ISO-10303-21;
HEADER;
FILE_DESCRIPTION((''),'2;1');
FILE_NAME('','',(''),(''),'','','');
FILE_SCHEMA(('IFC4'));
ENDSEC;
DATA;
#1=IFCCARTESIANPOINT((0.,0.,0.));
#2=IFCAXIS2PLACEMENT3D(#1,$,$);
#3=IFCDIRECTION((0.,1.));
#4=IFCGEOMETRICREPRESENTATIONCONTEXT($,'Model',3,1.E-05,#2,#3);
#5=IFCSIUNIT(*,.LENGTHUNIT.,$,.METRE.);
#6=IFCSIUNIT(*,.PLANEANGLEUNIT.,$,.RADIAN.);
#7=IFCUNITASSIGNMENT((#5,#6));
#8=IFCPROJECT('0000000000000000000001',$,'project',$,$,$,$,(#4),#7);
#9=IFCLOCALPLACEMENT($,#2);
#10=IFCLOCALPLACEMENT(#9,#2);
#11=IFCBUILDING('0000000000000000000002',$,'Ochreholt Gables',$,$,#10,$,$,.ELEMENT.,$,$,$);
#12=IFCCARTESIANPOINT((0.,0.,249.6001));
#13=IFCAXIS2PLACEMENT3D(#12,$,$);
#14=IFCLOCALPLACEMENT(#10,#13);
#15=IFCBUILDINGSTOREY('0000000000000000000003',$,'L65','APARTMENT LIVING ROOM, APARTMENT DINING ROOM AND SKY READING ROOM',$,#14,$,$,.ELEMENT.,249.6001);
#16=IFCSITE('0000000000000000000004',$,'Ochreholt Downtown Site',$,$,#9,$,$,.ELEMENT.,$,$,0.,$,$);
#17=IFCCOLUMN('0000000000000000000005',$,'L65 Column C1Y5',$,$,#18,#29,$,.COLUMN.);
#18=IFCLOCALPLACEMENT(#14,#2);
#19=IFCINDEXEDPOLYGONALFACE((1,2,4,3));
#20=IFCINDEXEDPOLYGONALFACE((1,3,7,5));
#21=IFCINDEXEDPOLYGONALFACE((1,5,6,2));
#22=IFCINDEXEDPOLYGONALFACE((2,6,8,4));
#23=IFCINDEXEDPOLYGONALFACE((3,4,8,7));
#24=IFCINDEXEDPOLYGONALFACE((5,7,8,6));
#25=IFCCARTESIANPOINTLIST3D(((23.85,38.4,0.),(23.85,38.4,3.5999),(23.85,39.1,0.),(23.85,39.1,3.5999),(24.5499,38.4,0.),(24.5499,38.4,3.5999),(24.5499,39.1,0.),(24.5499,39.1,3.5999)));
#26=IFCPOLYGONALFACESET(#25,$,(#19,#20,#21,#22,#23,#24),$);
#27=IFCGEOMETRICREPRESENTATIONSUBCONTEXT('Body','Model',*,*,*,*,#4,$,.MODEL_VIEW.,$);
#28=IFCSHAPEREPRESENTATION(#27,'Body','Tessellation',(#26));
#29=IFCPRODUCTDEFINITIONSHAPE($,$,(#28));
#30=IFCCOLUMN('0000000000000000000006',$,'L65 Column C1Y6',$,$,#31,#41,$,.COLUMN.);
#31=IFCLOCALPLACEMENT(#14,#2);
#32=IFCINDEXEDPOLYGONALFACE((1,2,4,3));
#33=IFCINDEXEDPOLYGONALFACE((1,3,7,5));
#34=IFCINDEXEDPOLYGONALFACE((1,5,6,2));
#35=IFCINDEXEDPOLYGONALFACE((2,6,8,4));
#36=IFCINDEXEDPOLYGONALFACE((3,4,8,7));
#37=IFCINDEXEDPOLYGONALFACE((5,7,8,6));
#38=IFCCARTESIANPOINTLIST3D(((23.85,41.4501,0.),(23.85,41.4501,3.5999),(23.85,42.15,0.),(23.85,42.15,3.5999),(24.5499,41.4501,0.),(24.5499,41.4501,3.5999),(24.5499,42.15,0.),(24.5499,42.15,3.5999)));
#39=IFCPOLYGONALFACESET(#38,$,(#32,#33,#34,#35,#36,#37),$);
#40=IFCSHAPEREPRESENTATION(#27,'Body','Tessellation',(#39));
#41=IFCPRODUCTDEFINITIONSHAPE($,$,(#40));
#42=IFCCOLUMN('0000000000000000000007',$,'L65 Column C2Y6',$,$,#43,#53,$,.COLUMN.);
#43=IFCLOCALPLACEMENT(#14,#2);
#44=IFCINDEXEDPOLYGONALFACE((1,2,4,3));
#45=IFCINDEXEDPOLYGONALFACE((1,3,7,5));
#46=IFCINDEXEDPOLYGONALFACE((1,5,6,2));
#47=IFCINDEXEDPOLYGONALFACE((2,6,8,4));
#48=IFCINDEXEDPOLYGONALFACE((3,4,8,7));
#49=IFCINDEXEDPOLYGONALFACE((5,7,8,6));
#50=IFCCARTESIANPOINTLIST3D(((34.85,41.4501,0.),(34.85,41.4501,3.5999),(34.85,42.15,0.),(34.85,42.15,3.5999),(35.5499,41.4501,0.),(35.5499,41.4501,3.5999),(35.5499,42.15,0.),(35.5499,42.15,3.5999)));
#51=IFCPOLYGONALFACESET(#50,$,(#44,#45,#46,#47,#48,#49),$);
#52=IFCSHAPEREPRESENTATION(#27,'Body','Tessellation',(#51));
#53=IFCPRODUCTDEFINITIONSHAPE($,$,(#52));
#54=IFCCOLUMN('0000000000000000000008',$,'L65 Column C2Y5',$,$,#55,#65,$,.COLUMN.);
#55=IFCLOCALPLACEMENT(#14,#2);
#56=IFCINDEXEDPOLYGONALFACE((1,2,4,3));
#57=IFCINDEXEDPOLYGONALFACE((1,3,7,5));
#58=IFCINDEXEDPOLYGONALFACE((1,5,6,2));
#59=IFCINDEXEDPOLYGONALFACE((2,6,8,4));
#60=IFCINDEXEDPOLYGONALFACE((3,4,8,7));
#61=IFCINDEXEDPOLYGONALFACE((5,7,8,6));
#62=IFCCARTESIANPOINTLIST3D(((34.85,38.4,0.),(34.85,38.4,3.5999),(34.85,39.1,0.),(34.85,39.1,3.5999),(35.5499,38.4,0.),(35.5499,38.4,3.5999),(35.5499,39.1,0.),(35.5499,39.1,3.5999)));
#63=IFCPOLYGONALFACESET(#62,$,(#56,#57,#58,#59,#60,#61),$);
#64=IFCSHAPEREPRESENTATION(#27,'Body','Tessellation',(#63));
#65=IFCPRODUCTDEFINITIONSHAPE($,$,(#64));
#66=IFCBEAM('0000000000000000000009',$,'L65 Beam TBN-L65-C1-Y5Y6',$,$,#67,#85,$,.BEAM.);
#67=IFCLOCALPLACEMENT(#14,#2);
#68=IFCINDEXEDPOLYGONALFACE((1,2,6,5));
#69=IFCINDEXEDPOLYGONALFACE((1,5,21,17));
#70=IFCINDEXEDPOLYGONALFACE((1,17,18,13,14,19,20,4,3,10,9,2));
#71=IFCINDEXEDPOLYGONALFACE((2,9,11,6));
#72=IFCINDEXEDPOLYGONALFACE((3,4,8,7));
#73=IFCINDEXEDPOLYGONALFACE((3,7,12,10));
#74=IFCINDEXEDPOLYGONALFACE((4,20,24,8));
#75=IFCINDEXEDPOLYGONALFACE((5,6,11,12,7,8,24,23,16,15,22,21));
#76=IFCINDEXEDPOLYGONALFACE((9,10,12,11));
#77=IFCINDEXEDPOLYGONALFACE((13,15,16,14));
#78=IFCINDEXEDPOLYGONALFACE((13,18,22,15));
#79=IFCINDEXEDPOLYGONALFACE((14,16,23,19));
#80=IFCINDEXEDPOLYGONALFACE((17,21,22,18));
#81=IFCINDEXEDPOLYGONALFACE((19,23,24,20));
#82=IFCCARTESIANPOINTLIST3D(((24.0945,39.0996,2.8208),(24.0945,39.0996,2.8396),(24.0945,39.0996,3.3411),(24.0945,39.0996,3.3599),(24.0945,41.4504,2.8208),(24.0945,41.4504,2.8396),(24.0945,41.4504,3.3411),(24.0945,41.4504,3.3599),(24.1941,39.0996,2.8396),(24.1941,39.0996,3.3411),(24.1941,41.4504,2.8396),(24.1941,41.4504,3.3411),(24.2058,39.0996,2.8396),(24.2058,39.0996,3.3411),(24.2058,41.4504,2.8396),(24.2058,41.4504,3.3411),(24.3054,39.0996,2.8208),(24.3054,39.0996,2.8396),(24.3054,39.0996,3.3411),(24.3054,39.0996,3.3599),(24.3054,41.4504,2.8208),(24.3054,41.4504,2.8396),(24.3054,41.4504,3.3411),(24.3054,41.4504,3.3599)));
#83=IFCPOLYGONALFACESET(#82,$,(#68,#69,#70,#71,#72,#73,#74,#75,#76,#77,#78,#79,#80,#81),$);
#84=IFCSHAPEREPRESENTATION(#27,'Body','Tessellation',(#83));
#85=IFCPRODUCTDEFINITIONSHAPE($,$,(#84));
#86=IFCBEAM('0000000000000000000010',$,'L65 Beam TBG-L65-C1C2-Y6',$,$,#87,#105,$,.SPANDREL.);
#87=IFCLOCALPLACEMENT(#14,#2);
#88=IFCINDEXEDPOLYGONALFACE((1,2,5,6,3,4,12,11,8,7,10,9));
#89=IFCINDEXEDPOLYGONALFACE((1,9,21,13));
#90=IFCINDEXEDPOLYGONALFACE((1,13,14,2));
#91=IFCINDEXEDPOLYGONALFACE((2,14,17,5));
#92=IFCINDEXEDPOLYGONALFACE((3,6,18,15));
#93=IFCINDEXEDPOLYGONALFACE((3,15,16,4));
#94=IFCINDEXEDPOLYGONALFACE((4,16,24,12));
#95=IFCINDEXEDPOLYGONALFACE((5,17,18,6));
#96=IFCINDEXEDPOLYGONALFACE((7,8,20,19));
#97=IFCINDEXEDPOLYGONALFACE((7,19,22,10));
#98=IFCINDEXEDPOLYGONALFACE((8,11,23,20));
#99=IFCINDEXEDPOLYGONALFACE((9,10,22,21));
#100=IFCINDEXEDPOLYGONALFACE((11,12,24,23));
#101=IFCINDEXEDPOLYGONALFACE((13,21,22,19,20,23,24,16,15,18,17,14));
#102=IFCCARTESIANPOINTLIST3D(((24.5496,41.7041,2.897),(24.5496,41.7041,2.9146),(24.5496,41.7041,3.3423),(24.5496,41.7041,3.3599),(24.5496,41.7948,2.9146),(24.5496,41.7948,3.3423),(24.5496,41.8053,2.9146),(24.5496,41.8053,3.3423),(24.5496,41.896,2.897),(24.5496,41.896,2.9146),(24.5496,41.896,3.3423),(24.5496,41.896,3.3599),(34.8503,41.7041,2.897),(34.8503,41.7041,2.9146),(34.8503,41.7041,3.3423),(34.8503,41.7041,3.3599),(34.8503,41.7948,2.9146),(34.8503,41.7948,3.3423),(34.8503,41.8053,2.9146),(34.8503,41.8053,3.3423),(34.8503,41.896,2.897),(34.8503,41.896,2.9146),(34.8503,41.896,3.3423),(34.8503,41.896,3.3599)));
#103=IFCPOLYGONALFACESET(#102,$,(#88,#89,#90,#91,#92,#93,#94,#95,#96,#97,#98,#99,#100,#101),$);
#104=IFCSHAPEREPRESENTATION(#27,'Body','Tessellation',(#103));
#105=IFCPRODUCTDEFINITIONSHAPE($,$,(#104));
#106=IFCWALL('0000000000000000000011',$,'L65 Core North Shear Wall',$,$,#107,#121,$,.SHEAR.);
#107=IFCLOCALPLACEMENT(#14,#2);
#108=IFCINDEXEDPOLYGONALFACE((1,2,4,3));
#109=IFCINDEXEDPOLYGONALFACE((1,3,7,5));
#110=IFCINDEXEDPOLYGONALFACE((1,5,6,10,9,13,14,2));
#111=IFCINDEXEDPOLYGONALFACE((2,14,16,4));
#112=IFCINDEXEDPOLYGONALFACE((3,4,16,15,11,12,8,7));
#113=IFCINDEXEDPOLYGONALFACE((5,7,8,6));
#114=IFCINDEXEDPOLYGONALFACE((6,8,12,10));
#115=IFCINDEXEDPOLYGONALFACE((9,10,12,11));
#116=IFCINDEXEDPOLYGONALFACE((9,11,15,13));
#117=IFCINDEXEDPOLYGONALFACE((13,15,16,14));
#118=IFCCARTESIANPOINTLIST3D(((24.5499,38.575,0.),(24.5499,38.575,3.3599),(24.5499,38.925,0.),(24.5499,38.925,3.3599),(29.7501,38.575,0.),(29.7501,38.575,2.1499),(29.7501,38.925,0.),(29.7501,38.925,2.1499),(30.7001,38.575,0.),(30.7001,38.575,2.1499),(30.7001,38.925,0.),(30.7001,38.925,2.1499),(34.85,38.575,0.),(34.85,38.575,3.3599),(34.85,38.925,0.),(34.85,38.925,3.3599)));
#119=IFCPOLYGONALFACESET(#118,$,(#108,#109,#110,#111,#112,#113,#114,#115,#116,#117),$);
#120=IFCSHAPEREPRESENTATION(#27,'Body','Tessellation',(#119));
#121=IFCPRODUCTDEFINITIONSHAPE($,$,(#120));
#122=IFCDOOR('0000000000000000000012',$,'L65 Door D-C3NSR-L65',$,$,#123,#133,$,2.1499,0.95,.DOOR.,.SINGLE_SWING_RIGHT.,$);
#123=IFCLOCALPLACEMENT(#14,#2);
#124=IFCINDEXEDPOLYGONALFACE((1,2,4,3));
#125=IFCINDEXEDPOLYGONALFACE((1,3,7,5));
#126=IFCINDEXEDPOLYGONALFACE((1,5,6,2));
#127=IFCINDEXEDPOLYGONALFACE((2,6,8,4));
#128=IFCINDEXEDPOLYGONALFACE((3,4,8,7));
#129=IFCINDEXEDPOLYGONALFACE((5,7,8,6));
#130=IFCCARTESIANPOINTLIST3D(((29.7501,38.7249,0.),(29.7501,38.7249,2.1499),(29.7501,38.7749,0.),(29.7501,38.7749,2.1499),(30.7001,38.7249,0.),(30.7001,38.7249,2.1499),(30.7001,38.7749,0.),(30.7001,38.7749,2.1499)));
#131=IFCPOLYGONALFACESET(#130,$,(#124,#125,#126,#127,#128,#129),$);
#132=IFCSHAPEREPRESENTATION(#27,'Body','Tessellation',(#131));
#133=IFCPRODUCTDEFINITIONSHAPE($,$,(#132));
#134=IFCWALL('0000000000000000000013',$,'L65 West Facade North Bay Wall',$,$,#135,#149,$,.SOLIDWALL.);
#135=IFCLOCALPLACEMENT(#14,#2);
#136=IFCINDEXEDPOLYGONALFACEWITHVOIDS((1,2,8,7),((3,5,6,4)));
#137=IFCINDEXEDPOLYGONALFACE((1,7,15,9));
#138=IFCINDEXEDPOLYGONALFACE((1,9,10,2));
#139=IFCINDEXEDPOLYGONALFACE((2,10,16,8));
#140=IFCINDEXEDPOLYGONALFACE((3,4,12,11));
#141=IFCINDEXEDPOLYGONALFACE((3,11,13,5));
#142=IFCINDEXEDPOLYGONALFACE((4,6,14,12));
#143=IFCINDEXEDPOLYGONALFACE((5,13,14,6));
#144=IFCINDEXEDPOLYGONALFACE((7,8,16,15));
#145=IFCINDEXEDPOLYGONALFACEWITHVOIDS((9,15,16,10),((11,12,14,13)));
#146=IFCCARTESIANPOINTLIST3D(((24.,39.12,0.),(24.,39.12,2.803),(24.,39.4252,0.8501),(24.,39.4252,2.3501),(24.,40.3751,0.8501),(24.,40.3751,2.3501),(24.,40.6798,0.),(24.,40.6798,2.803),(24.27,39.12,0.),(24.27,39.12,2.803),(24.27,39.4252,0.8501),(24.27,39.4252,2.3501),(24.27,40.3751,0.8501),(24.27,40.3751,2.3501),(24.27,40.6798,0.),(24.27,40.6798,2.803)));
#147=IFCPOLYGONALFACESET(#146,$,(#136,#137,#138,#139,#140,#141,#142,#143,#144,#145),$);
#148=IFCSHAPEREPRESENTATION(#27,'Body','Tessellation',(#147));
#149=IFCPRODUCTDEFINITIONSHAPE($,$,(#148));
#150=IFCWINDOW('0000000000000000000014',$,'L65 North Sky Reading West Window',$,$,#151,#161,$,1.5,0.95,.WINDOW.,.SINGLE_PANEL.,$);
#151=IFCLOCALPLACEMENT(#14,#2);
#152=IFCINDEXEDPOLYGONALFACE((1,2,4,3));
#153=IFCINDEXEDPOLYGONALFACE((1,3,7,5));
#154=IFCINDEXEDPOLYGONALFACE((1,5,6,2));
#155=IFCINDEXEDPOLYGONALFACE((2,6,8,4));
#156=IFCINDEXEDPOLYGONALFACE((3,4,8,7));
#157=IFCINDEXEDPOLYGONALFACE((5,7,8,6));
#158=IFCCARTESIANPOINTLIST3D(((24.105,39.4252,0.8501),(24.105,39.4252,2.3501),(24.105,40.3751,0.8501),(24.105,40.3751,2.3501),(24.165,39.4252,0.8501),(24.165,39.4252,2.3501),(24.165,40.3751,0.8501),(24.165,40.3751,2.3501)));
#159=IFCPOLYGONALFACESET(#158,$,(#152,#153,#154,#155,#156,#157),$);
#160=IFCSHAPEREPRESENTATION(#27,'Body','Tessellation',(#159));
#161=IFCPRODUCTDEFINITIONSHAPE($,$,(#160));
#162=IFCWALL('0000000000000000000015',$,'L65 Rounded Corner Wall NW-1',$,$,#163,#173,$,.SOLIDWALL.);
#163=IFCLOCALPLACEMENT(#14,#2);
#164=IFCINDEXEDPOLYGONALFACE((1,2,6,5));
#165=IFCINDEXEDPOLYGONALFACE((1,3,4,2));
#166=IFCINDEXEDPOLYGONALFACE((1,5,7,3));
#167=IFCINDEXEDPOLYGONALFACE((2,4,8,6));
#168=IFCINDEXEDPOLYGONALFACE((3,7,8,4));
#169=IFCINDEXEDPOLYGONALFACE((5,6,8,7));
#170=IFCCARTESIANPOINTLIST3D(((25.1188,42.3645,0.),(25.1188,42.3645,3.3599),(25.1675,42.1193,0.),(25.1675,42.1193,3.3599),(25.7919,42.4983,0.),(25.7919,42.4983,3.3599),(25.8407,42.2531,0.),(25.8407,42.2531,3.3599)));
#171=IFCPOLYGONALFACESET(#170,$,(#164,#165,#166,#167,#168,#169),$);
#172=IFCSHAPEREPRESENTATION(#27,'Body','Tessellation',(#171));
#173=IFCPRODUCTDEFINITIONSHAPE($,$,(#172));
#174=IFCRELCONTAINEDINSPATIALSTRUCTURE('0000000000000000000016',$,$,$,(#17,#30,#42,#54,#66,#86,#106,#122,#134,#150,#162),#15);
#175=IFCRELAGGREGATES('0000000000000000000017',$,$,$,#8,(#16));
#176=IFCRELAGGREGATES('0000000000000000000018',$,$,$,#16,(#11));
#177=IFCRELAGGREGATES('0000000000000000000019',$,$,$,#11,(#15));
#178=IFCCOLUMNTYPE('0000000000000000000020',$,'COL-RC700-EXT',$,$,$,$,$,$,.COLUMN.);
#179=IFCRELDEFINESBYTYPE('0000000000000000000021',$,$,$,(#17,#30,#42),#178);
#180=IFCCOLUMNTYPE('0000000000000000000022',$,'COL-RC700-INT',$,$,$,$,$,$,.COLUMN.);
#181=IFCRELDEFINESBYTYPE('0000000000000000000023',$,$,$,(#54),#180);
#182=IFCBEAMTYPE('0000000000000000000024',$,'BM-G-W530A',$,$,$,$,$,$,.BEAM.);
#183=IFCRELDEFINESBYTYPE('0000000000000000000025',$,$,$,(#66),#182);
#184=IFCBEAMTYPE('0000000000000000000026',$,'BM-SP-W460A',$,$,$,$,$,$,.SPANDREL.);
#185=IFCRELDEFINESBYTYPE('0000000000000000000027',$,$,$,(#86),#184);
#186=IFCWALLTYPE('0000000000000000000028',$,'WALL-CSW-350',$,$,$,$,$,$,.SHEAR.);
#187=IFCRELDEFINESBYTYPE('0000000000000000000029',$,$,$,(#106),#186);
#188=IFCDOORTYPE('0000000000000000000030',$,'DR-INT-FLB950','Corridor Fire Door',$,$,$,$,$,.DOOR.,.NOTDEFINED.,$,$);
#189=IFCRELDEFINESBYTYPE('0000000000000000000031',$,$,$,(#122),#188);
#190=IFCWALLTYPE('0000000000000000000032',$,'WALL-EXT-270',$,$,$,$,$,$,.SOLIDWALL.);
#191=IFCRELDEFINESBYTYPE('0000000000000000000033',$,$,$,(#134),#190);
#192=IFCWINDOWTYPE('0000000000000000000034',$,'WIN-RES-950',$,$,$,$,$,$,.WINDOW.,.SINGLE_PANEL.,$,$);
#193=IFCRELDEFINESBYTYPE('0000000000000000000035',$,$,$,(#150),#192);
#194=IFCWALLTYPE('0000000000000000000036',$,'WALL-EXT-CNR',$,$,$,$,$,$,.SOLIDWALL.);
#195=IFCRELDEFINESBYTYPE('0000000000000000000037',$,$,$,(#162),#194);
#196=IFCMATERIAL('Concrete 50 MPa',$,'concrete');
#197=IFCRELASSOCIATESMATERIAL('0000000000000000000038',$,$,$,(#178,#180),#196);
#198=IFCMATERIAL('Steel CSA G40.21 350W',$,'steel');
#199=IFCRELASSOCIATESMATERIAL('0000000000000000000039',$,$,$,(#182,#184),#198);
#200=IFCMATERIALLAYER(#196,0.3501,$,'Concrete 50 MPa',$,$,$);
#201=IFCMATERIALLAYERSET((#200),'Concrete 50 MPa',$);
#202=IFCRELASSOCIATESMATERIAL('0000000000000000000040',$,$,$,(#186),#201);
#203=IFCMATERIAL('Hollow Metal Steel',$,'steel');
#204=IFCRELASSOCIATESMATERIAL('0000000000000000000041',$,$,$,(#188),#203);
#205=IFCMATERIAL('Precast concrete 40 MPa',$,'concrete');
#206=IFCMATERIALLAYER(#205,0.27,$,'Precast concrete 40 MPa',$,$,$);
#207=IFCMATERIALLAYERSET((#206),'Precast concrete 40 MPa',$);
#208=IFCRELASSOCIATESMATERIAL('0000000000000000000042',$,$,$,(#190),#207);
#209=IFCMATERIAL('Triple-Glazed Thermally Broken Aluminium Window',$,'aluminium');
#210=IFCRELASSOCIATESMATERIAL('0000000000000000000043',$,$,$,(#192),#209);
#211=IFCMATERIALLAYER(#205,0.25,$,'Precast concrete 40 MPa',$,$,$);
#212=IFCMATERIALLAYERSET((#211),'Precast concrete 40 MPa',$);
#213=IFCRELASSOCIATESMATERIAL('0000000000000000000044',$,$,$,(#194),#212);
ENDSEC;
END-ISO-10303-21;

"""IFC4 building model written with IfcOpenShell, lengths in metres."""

from ifc_helpers import new_model, si_unit, direction, frame, frame_2d, origin, origin_2d, place, context, subcontext, project, spatial, rectangle, i_section, extrude, material, layer, layer_set, material_profile, profile_set, type_object, element, fill, save


model = new_model("IFC4")

# Units and contexts
model_context = context("Model", 3, precision=1e-05, world=origin(), true_north=direction((0.0, 1.0)))
body_context = subcontext(model_context, "Body", "Model", "MODEL_VIEW")
ifc_project = project(units=[si_unit("LENGTHUNIT", "METRE"), si_unit("PLANEANGLEUNIT", "RADIAN")], contexts=[model_context])

# Site, building, storey
site_placement = place(None, origin())
site = spatial("IfcSite", under=ifc_project, at=site_placement, Name="Ochreholt Downtown Site", CompositionType="ELEMENT", RefElevation=0.0)
building_placement = place(site_placement, origin())
building = spatial("IfcBuilding", under=site, at=building_placement, Name="Ochreholt Gables", CompositionType="ELEMENT")
storey_placement = place(building_placement, frame((0.0, 0.0, 249.6001)))
storey = spatial("IfcBuildingStorey", under=building, at=storey_placement, Name="L65", Description="APARTMENT LIVING ROOM, APARTMENT DINING ROOM AND SKY READING ROOM", CompositionType="ELEMENT", Elevation=249.6001)

# Columns
ifc_material_1 = material(Name="Concrete 50 MPa", Category="concrete")
ifc_material_profile_1 = material_profile(ifc_material_1, rectangle(XDim=0.7, YDim=0.7, at=origin_2d()), Name="RC700X700")
ifc_profile_set_1 = profile_set([ifc_material_profile_1], Name="Concrete 50 MPa")
column_type_1 = type_object("IfcColumnType", Name="COL-RC700-EXT", PredefinedType="COLUMN", material=ifc_profile_set_1)
for number, where, z_axis, x_axis, name in (
    (1, (24.2, 38.75, 0.0), (0.0, 0.0, 1.0), (1.0, 0.0, 0.0), "L65 Column C1Y5"),
    (2, (24.2, 41.8, 0.0), (0.0, 0.0, 1.0), (1.0, 0.0, 0.0), "L65 Column C1Y6"),
    (3, (35.2, 41.8, 0.0), (0.0, 0.0, 1.0), (1.0, 0.0, 0.0), "L65 Column C2Y6"),
):
    element("IfcColumn", number, at=place(storey_placement, frame(where, z_axis=z_axis, x_axis=x_axis)), inside=storey, type_object=column_type_1, Name=name, PredefinedType="COLUMN", context=body_context, shape_type="SweptSolid", body=[
        extrude(rectangle(XDim=0.7, YDim=0.7, at=origin_2d()), origin(), (0.0, 0.0, 1.0), 3.5999),
    ])
ifc_material_profile_2 = material_profile(ifc_material_1, rectangle(XDim=0.7, YDim=0.7, at=origin_2d()), Name="RC700X700")
ifc_profile_set_2 = profile_set([ifc_material_profile_2], Name="Concrete 50 MPa")
column_type_2 = type_object("IfcColumnType", Name="COL-RC700-INT", PredefinedType="COLUMN", material=ifc_profile_set_2)
column_placement = place(storey_placement, frame((35.2, 38.75, 0.0), z_axis=(0.0, 0.0, 1.0), x_axis=(1.0, 0.0, 0.0)))
element("IfcColumn", 4, at=column_placement, inside=storey, type_object=column_type_2, Name="L65 Column C2Y5", PredefinedType="COLUMN", context=body_context, shape_type="SweptSolid", body=[
    extrude(rectangle(XDim=0.7, YDim=0.7, at=origin_2d()), origin(), (0.0, 0.0, 1.0), 3.5999),
])

# Beams
ifc_material_2 = material(Name="Steel CSA G40.21 350W", Category="steel")
ifc_material_profile_3 = material_profile(ifc_material_2, i_section(OverallWidth=0.2109, OverallDepth=0.5391, WebThickness=0.0117, FlangeThickness=0.0188, at=origin_2d()), Name="W530X109")
ifc_profile_set_3 = profile_set([ifc_material_profile_3], Name="Steel CSA G40.21 350W")
beam_type_1 = type_object("IfcBeamType", Name="BM-G-W530A", PredefinedType="BEAM", material=ifc_profile_set_3)
beam_1_placement = place(storey_placement, frame((24.2, 39.0996, 3.0903), z_axis=(0.0, 1.0, 0.0), x_axis=(-1.0, 0.0, 0.0)))
element("IfcBeam", 5, at=beam_1_placement, inside=storey, type_object=beam_type_1, Name="L65 Beam TBN-L65-C1-Y5Y6", PredefinedType="BEAM", context=body_context, shape_type="SweptSolid", body=[
    extrude(i_section(OverallWidth=0.2109, OverallDepth=0.5391, WebThickness=0.0117, FlangeThickness=0.0188, at=origin_2d()), origin(), (0.0, 0.0, 1.0), 2.3508),
])
ifc_material_profile_4 = material_profile(ifc_material_2, i_section(OverallWidth=0.1919, OverallDepth=0.4629, WebThickness=0.0105, FlangeThickness=0.0176, at=origin_2d()), Name="W460X89")
ifc_profile_set_4 = profile_set([ifc_material_profile_4], Name="Steel CSA G40.21 350W")
beam_type_2 = type_object("IfcBeamType", Name="BM-SP-W460A", PredefinedType="SPANDREL", material=ifc_profile_set_4)
beam_2_placement = place(storey_placement, frame((24.5496, 41.8, 3.1284), z_axis=(1.0, 0.0, 0.0), x_axis=(0.0, 1.0, 0.0)))
element("IfcBeam", 6, at=beam_2_placement, inside=storey, type_object=beam_type_2, Name="L65 Beam TBG-L65-C1C2-Y6", PredefinedType="SPANDREL", context=body_context, shape_type="SweptSolid", body=[
    extrude(i_section(OverallWidth=0.1919, OverallDepth=0.4629, WebThickness=0.0105, FlangeThickness=0.0176, at=origin_2d()), origin(), (0.0, 0.0, 1.0), 10.3008),
])

# Wall, opening, door
ifc_layer_1 = layer(ifc_material_1, 0.3501, Name="Concrete 50 MPa")
ifc_layer_set_1 = layer_set([ifc_layer_1], Name="Concrete 50 MPa")
wall_type_1 = type_object("IfcWallType", Name="WALL-CSW-350", PredefinedType="SHEAR", material=ifc_layer_set_1)
wall_1_placement = place(storey_placement, frame((24.55, 38.75, 0.0), z_axis=(0.0, 0.0, 1.0), x_axis=(1.0, 0.0, 0.0)))
wall_1 = element("IfcWall", 7, at=wall_1_placement, inside=storey, type_object=wall_type_1, Name="L65 Core North Shear Wall", PredefinedType="SHEAR", context=body_context, shape_type="SweptSolid", body=[
    extrude(rectangle(XDim=10.3, YDim=0.3501, at=frame_2d((5.1499, 0.0))), origin(), (0.0, 0.0, 1.0), 3.3599),
])
opening_1_placement = place(wall_1_placement, frame((5.2, 0.0, 0.0)))
opening_1 = element("IfcOpeningElement", 8, at=opening_1_placement, cuts=wall_1, PredefinedType="OPENING", context=body_context, shape_type="SweptSolid", body=[
    extrude(rectangle(XDim=0.95, YDim=2.1499, at=frame_2d((0.4751, 1.075))), frame((0.0, 0.1851, 0.0), z_axis=(0.0, -1.0, 0.0), x_axis=(1.0, 0.0, 0.0)), (0.0, 0.0, 1.0), 0.3701),
])
ifc_material_3 = material(Name="Hollow Metal Steel", Category="steel")
door_type_1 = type_object("IfcDoorType", Name="DR-INT-FLB950", Description="Corridor Fire Door", OperationType="NOTDEFINED", PredefinedType="DOOR", material=ifc_material_3)
door_1_placement = place(opening_1_placement, origin())
door_1 = element("IfcDoor", 9, at=door_1_placement, inside=storey, type_object=door_type_1, Name="L65 Door D-C3NSR-L65", OperationType="SINGLE_SWING_RIGHT", OverallHeight=2.1499, OverallWidth=0.95, PredefinedType="DOOR", context=body_context, shape_type="SweptSolid", body=[
    extrude(rectangle(XDim=0.95, YDim=2.1499, at=frame_2d((0.4751, 1.075))), frame((0.0, 0.0249, 0.0), z_axis=(0.0, -1.0, 0.0), x_axis=(1.0, 0.0, 0.0)), (0.0, 0.0, 1.0), 0.05),
])
fill(opening_1, door_1)

# Wall, opening, window
ifc_material_4 = material(Name="Precast concrete 40 MPa", Category="concrete")
ifc_layer_2 = layer(ifc_material_4, 0.27, Name="Precast concrete 40 MPa")
ifc_layer_set_2 = layer_set([ifc_layer_2], Name="Precast concrete 40 MPa")
wall_type_2 = type_object("IfcWallType", Name="WALL-EXT-270", PredefinedType="SOLIDWALL", material=ifc_layer_set_2)
wall_2_placement = place(storey_placement, frame((24.135, 39.1201, 0.0), z_axis=(0.0, 0.0, 1.0), x_axis=(0.0, 1.0, 0.0)))
wall_2 = element("IfcWall", 10, at=wall_2_placement, inside=storey, type_object=wall_type_2, Name="L65 West Facade North Bay Wall", PredefinedType="SOLIDWALL", context=body_context, shape_type="SweptSolid", body=[
    extrude(rectangle(XDim=1.5598, YDim=0.27, at=frame_2d((0.7798, 0.0))), origin(), (0.0, 0.0, 1.0), 2.803),
])
opening_2_placement = place(wall_2_placement, frame((0.3049, 0.0, 0.8501)))
opening_2 = element("IfcOpeningElement", 11, at=opening_2_placement, cuts=wall_2, PredefinedType="OPENING", context=body_context, shape_type="SweptSolid", body=[
    extrude(rectangle(XDim=0.95, YDim=1.5, at=frame_2d((0.4751, 0.75))), frame((0.0, 0.145, 0.0), z_axis=(0.0, -1.0, 0.0), x_axis=(1.0, 0.0, 0.0)), (0.0, 0.0, 1.0), 0.29),
])
ifc_material_5 = material(Name="Triple-Glazed Thermally Broken Aluminium Window", Category="aluminium")
window_type = type_object("IfcWindowType", Name="WIN-RES-950", PartitioningType="SINGLE_PANEL", PredefinedType="WINDOW", material=ifc_material_5)
window_placement = place(opening_2_placement, origin())
window = element("IfcWindow", 12, at=window_placement, inside=storey, type_object=window_type, Name="L65 North Sky Reading West Window", OverallHeight=1.5, OverallWidth=0.95, PartitioningType="SINGLE_PANEL", PredefinedType="WINDOW", context=body_context, shape_type="SweptSolid", body=[
    extrude(rectangle(XDim=0.95, YDim=1.5, at=frame_2d((0.4751, 0.75))), frame((0.0, 0.03, 0.0), z_axis=(0.0, -1.0, 0.0), x_axis=(1.0, 0.0, 0.0)), (0.0, 0.0, 1.0), 0.0601),
])
fill(opening_2, window)

# Wall
ifc_layer_3 = layer(ifc_material_4, 0.25, Name="Precast concrete 40 MPa")
ifc_layer_set_3 = layer_set([ifc_layer_3], Name="Precast concrete 40 MPa")
wall_type_3 = type_object("IfcWallType", Name="WALL-EXT-CNR", PredefinedType="SOLIDWALL", material=ifc_layer_set_3)
wall_3_placement = place(storey_placement, frame((25.8164, 42.3757, 0.0), z_axis=(0.0, 0.0, 1.0), x_axis=(-0.980813, -0.194953, 0.0)))
element("IfcWall", 13, at=wall_3_placement, inside=storey, type_object=wall_type_3, Name="L65 Rounded Corner Wall NW-1", PredefinedType="SOLIDWALL", context=body_context, shape_type="SweptSolid", body=[
    extrude(rectangle(XDim=0.6863, YDim=0.25, at=frame_2d((0.3433, 0.0))), origin(), (0.0, 0.0, 1.0), 3.3599),
])

save(model, "model.ifc")
